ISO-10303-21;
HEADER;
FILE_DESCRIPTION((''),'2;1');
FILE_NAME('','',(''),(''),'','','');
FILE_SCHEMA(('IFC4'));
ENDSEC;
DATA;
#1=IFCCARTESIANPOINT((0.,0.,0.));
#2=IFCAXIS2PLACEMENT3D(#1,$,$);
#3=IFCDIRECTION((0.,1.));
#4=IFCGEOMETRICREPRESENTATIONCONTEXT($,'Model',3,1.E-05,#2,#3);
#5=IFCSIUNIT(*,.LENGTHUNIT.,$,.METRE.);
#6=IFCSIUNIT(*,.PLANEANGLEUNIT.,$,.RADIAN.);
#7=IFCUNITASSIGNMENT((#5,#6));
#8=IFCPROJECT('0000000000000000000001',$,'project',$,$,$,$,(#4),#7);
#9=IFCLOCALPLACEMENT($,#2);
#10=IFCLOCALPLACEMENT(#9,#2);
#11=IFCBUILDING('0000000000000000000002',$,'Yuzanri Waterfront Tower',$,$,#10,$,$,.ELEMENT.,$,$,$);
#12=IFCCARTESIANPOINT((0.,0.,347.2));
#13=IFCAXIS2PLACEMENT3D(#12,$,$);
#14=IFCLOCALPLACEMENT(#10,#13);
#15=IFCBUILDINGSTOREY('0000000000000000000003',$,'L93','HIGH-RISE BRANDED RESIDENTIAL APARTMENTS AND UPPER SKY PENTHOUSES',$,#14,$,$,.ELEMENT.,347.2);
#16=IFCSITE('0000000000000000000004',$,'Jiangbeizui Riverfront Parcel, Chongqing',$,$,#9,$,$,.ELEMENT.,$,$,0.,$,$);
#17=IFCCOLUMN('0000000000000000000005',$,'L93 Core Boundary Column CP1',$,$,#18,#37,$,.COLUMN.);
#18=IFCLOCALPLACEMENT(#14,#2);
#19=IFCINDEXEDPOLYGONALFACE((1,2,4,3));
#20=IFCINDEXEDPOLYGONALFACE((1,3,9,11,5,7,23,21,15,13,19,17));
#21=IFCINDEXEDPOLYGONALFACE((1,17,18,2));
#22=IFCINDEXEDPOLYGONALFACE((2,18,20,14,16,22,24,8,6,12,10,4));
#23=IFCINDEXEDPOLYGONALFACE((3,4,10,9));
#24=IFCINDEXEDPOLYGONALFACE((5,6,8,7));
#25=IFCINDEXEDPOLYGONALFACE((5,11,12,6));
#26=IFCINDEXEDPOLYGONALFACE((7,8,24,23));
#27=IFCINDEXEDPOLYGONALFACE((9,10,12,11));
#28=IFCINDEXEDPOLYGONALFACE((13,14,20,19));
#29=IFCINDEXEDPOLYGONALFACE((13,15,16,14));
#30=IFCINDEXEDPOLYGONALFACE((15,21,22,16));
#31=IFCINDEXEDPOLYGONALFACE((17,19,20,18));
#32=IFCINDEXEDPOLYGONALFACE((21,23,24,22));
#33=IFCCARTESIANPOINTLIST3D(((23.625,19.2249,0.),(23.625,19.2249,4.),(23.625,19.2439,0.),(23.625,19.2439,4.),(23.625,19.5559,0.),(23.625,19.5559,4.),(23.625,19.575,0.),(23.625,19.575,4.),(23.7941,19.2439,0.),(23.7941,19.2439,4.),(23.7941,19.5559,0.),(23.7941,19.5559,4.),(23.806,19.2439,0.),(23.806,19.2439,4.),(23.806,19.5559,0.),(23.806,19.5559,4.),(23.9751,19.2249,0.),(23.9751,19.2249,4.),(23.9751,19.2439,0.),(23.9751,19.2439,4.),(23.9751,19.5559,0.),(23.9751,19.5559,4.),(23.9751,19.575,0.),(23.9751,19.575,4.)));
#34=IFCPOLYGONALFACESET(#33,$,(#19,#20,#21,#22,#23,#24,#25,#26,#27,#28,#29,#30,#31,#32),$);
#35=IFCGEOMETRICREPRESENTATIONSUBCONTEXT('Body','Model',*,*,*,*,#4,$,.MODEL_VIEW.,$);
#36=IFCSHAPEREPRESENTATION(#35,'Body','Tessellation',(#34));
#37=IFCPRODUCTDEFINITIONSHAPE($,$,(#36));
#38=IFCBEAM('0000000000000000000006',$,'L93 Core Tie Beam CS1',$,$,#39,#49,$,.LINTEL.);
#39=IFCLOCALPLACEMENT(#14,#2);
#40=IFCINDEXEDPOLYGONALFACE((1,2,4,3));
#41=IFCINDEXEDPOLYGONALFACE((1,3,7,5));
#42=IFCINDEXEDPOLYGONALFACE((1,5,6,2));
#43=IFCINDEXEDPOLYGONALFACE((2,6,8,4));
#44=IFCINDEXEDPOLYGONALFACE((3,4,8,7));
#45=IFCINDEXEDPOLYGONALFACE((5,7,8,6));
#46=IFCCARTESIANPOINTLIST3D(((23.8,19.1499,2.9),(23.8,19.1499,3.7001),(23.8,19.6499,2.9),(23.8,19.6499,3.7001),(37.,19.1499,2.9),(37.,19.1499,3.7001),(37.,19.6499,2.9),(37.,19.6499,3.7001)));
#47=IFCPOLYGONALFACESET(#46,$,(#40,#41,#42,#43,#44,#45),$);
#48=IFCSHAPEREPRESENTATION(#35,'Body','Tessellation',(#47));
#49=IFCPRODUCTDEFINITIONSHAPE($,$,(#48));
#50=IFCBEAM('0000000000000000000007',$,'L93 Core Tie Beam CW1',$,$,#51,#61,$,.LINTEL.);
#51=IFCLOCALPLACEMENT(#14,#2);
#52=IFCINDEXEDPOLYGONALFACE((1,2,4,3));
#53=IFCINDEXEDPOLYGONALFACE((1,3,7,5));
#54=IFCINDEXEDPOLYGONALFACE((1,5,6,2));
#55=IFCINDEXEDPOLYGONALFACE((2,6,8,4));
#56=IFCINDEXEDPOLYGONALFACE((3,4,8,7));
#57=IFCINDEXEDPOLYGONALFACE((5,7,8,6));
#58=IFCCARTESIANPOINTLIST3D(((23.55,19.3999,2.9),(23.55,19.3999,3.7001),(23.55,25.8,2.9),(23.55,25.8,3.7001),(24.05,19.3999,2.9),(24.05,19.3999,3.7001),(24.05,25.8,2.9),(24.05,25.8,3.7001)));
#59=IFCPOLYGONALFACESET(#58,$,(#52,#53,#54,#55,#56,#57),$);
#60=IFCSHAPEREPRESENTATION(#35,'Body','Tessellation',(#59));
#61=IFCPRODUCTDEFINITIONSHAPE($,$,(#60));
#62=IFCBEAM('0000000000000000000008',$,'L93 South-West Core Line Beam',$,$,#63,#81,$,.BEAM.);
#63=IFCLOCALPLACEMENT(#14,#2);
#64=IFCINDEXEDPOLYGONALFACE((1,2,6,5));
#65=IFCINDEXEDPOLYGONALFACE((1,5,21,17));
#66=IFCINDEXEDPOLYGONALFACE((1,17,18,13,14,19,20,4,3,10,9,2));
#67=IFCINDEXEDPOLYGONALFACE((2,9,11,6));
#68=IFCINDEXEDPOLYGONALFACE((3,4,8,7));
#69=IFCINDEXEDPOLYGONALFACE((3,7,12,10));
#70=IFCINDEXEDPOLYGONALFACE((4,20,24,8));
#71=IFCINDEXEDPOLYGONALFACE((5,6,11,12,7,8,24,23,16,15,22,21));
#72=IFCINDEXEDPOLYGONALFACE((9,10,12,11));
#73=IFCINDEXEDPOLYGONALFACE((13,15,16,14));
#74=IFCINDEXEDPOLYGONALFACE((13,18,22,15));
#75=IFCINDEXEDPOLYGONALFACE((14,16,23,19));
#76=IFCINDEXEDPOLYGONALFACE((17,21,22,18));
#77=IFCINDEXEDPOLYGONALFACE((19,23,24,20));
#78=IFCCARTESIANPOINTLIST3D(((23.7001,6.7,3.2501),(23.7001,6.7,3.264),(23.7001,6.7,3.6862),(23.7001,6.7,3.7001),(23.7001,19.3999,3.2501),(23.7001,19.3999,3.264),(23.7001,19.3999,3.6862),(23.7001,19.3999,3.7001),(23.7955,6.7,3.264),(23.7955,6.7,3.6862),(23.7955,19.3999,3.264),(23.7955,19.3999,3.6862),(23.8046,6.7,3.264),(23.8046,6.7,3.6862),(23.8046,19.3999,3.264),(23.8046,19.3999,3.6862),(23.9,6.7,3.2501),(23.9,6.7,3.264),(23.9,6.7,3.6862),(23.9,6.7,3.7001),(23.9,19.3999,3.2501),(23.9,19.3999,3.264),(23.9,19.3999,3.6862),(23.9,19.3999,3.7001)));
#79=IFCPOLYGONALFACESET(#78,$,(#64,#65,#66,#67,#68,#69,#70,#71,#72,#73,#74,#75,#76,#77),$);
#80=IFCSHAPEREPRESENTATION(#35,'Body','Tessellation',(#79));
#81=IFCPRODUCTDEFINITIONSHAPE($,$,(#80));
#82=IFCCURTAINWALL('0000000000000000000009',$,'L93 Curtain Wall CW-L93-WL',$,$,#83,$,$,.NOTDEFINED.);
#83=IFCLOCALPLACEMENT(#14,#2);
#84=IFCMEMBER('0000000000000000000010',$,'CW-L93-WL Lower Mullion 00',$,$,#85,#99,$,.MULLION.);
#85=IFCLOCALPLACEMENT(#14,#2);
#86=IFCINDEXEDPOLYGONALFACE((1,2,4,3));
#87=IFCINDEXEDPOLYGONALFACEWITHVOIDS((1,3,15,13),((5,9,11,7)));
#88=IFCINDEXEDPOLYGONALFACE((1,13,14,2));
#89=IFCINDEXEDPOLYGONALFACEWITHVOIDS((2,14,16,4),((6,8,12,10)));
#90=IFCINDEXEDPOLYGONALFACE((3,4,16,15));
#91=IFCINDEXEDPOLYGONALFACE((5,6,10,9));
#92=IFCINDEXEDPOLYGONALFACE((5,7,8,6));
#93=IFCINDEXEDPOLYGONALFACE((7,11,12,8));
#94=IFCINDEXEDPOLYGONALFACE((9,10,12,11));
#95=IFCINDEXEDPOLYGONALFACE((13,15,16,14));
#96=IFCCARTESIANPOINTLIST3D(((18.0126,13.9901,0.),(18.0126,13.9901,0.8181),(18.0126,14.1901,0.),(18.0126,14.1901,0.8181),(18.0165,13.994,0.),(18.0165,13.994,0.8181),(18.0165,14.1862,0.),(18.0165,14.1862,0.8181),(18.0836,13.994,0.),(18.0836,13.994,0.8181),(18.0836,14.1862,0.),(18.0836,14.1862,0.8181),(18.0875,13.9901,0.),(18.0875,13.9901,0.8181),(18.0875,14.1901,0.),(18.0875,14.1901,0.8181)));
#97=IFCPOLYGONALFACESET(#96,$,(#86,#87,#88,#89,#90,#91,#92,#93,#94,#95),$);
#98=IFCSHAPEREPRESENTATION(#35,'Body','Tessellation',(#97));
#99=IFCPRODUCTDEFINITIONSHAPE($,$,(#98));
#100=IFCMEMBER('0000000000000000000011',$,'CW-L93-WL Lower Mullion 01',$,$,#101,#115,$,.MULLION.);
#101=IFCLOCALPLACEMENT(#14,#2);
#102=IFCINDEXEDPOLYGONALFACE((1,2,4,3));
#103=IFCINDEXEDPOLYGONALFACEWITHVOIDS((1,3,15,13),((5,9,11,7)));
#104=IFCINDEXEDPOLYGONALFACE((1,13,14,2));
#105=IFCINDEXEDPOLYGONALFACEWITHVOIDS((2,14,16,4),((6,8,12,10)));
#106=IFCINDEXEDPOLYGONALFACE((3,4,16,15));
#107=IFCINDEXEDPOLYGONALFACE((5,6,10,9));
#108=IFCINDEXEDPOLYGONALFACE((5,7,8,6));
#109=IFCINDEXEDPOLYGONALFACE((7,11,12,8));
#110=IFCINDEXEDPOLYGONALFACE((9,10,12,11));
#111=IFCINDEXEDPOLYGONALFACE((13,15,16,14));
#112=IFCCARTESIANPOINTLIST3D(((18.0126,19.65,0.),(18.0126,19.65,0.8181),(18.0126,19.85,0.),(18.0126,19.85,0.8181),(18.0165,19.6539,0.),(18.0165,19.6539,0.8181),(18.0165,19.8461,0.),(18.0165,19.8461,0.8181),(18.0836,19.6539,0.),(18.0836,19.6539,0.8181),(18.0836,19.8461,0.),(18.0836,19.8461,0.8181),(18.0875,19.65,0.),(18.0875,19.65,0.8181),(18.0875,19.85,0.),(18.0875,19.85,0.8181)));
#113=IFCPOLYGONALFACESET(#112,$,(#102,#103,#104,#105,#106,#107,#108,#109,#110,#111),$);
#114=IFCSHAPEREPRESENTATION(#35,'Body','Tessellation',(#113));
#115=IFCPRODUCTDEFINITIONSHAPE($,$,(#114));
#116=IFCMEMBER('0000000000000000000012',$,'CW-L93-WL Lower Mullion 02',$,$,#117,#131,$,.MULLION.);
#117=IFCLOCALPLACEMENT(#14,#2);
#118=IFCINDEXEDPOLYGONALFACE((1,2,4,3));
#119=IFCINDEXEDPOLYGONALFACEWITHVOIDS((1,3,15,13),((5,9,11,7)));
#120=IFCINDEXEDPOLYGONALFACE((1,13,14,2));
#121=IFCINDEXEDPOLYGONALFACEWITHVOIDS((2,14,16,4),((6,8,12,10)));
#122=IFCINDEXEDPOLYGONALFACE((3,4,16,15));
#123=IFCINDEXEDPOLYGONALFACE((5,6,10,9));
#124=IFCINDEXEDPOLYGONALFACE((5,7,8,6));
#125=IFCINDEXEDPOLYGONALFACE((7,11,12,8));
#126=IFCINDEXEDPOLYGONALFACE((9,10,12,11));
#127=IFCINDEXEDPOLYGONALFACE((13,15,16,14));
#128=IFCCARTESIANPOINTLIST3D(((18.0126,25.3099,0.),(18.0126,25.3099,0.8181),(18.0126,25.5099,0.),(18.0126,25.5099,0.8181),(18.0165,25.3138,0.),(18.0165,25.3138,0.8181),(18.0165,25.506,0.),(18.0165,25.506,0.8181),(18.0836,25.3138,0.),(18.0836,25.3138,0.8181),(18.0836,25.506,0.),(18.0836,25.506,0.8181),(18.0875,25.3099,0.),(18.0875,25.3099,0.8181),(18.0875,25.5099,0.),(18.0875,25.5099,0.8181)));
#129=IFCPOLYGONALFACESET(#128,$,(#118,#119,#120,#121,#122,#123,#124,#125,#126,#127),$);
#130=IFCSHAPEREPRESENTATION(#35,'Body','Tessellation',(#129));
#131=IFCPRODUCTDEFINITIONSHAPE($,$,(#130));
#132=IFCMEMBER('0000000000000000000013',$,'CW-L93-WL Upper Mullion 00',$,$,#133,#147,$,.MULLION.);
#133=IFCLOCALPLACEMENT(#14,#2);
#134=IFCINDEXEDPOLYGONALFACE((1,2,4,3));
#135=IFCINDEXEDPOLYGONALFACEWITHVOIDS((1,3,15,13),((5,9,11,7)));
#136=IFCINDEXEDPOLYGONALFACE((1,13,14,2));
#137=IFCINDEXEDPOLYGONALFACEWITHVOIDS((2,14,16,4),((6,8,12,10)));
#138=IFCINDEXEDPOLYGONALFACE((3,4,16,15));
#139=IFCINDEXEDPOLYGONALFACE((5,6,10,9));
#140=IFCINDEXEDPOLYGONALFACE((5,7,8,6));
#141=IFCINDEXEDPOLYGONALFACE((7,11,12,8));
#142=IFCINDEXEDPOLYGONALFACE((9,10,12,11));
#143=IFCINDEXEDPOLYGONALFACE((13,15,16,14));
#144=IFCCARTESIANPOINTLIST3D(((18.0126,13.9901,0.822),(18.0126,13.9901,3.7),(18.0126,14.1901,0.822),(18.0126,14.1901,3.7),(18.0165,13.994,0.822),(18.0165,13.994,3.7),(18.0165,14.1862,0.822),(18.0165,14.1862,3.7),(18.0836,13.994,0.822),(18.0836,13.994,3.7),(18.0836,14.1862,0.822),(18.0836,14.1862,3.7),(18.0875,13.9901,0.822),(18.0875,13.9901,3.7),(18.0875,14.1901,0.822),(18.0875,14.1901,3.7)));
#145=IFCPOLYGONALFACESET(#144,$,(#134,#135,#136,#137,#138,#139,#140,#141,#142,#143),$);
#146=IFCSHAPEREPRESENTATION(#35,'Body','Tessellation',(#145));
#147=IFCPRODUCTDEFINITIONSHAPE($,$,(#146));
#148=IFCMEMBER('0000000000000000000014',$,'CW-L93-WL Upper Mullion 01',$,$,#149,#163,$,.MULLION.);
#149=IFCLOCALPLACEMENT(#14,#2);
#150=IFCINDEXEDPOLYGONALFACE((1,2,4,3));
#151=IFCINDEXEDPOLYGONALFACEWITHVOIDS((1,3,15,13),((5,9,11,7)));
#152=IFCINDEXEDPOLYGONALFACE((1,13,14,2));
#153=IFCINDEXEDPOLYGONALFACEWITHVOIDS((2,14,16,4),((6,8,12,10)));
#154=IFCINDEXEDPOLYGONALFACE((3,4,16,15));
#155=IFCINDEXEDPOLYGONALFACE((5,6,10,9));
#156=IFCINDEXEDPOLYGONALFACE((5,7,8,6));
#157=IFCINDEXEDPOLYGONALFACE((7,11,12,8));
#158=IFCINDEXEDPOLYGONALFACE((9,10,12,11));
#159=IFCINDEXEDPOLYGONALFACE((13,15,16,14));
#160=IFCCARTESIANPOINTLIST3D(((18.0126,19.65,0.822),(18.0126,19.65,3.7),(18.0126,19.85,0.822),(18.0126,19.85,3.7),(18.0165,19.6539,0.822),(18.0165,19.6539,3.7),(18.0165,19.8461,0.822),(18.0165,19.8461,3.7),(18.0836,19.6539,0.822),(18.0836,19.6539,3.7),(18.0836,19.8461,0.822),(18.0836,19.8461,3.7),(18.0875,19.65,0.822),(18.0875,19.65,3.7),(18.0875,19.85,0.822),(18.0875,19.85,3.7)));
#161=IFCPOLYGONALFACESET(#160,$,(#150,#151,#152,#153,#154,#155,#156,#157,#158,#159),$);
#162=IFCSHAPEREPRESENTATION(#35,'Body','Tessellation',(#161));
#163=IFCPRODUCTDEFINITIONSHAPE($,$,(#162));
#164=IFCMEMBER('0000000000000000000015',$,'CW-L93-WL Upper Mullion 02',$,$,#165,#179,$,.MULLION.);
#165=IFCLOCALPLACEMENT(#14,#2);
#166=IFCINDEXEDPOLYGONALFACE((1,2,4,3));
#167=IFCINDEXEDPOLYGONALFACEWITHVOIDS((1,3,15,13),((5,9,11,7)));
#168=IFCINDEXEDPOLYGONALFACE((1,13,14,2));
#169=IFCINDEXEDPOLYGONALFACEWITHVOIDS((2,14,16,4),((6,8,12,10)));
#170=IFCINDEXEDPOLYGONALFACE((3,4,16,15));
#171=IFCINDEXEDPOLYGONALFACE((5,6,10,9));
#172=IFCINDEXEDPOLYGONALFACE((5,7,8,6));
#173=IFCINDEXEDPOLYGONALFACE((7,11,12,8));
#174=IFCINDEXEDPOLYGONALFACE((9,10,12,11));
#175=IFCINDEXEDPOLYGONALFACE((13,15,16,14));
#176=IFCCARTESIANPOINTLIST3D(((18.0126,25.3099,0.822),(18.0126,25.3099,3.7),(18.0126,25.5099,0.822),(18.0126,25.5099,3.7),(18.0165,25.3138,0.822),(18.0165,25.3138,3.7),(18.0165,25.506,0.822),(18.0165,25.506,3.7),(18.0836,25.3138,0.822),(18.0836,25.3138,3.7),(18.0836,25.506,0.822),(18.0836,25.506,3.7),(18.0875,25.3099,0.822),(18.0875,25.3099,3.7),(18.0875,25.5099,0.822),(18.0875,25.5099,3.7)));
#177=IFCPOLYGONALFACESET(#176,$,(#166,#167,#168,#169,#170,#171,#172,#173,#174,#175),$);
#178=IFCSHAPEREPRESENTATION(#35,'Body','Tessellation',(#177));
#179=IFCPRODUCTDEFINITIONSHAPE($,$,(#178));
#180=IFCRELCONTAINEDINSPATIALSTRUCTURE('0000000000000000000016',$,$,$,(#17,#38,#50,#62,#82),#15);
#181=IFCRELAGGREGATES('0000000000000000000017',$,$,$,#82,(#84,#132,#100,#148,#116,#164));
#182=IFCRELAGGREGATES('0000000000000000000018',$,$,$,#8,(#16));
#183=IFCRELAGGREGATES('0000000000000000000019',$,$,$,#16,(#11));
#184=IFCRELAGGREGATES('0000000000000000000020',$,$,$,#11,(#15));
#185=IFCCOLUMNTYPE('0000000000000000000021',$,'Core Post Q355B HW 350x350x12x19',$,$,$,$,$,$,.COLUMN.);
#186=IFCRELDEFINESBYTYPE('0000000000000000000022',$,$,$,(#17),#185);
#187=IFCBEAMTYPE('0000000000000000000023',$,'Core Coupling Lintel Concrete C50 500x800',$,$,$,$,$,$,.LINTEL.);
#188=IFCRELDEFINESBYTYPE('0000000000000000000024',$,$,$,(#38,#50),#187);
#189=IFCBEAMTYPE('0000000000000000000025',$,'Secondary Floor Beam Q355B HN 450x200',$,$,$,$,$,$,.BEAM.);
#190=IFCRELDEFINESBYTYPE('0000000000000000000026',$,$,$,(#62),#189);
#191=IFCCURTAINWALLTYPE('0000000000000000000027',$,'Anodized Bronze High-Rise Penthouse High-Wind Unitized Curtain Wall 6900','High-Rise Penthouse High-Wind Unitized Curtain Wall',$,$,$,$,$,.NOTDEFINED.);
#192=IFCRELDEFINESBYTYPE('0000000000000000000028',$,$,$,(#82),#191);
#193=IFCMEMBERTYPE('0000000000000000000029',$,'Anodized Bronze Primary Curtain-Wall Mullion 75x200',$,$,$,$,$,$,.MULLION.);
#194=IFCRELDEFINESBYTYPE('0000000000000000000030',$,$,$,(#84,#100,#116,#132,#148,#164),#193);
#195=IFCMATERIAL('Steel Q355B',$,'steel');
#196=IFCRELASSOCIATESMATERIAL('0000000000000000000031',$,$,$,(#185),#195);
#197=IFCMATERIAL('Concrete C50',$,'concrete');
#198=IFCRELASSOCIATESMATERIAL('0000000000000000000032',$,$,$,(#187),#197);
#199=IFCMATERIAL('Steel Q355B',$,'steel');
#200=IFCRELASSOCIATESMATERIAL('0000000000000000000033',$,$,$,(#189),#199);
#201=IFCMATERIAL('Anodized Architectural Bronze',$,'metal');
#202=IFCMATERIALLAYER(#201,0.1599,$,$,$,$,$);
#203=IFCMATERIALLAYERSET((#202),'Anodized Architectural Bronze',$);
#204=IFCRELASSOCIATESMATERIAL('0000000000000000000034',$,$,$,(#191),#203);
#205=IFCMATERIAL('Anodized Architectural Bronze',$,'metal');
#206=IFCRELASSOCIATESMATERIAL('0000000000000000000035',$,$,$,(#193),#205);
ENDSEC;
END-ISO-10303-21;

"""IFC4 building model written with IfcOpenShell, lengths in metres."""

from ifc_helpers import new_model, si_unit, direction, frame, origin, origin_2d, place, context, subcontext, project, spatial, rectangle, hollow_rectangle, i_section, extrude, source, transform, mapped, material, layer, layer_set, material_profile, profile_set, type_object, element, aggregate, save


model = new_model("IFC4")

# Units and contexts
model_context = context("Model", 3, precision=1e-05, world=origin(), true_north=direction((0.0, 1.0)))
body_context = subcontext(model_context, "Body", "Model", "MODEL_VIEW")
ifc_project = project(units=[si_unit("LENGTHUNIT", "METRE"), si_unit("PLANEANGLEUNIT", "RADIAN")], contexts=[model_context])

# Site, building, storey
site_placement = place(None, origin())
site = spatial("IfcSite", under=ifc_project, at=site_placement, Name="Jiangbeizui Riverfront Parcel, Chongqing", CompositionType="ELEMENT", RefElevation=0.0)
building_placement = place(site_placement, origin())
building = spatial("IfcBuilding", under=site, at=building_placement, Name="Yuzanri Waterfront Tower", CompositionType="ELEMENT")
storey_placement = place(building_placement, frame((0.0, 0.0, 347.2)))
storey = spatial("IfcBuildingStorey", under=building, at=storey_placement, Name="L93", Description="HIGH-RISE BRANDED RESIDENTIAL APARTMENTS AND UPPER SKY PENTHOUSES", CompositionType="ELEMENT", Elevation=347.2)

# Column
ifc_material_1 = material(Name="Steel Q355B", Category="steel")
ifc_material_profile_1 = material_profile(ifc_material_1, i_section(OverallWidth=0.3501, OverallDepth=0.3501, WebThickness=0.012, FlangeThickness=0.019, at=origin_2d()), Name="HW 350x350x12x19")
ifc_profile_set_1 = profile_set([ifc_material_profile_1], Name="Steel Q355B")
column_type = type_object("IfcColumnType", Name="Core Post Q355B HW 350x350x12x19", PredefinedType="COLUMN", material=ifc_profile_set_1)
shared_shape_1 = source(origin(), body_context, "Body", "SweptSolid", [
    extrude(i_section(OverallWidth=0.3501, OverallDepth=0.3501, WebThickness=0.012, FlangeThickness=0.019, at=origin_2d()), origin(), (0.0, 0.0, 1.0), 4.0),
])
column_placement = place(storey_placement, frame((23.8, 19.3999, 0.0), z_axis=(0.0, 0.0, 1.0), x_axis=(1.0, 0.0, 0.0)))
element("IfcColumn", 1, at=column_placement, inside=storey, type_object=column_type, Name="L93 Core Boundary Column CP1", PredefinedType="COLUMN", context=body_context, shape_type="MappedRepresentation", body=[
    mapped(shared_shape_1, transform((0.0, 0.0, 0.0), scale=1.0)),
])

# Beams
ifc_material_2 = material(Name="Concrete C50", Category="concrete")
ifc_material_profile_2 = material_profile(ifc_material_2, rectangle(XDim=0.5, YDim=0.8, at=origin_2d()), Name="RC 500x800")
ifc_profile_set_2 = profile_set([ifc_material_profile_2], Name="Concrete C50")
beam_type_1 = type_object("IfcBeamType", Name="Core Coupling Lintel Concrete C50 500x800", PredefinedType="LINTEL", material=ifc_profile_set_2)
shared_shape_2 = source(origin(), body_context, "Body", "SweptSolid", [
    extrude(rectangle(XDim=0.5, YDim=0.8, at=origin_2d()), origin(), (0.0, 0.0, 1.0), 13.2),
])
beam_1_placement = place(storey_placement, frame((23.8, 19.3999, 3.3), z_axis=(1.0, 0.0, 0.0), x_axis=(0.0, 1.0, 0.0)))
element("IfcBeam", 2, at=beam_1_placement, inside=storey, type_object=beam_type_1, Name="L93 Core Tie Beam CS1", PredefinedType="LINTEL", context=body_context, shape_type="MappedRepresentation", body=[
    mapped(shared_shape_2, transform((0.0, 0.0, 0.0), scale=1.0)),
])
shared_shape_3 = source(origin(), body_context, "Body", "SweptSolid", [
    extrude(rectangle(XDim=0.5, YDim=0.8, at=origin_2d()), origin(), (0.0, 0.0, 1.0), 6.4001),
])
beam_2_placement = place(storey_placement, frame((23.8, 19.3999, 3.3), z_axis=(0.0, 1.0, 0.0), x_axis=(-1.0, 0.0, 0.0)))
element("IfcBeam", 3, at=beam_2_placement, inside=storey, type_object=beam_type_1, Name="L93 Core Tie Beam CW1", PredefinedType="LINTEL", context=body_context, shape_type="MappedRepresentation", body=[
    mapped(shared_shape_3, transform((0.0, 0.0, 0.0), scale=1.0)),
])
ifc_material_3 = material(Name="Steel Q355B", Category="steel")
ifc_material_profile_3 = material_profile(ifc_material_3, i_section(OverallWidth=0.2, OverallDepth=0.45, WebThickness=0.009, FlangeThickness=0.0139, at=origin_2d()), Name="HN 450x200x9x14")
ifc_profile_set_3 = profile_set([ifc_material_profile_3], Name="Steel Q355B")
beam_type_2 = type_object("IfcBeamType", Name="Secondary Floor Beam Q355B HN 450x200", PredefinedType="BEAM", material=ifc_profile_set_3)
shared_shape_4 = source(origin(), body_context, "Body", "SweptSolid", [
    extrude(i_section(OverallWidth=0.2, OverallDepth=0.45, WebThickness=0.009, FlangeThickness=0.0139, at=origin_2d()), origin(), (0.0, 0.0, 1.0), 12.7),
])
beam_3_placement = place(storey_placement, frame((23.8, 19.3999, 3.4751), z_axis=(0.0, -1.0, 0.0), x_axis=(1.0, 0.0, 0.0)))
element("IfcBeam", 4, at=beam_3_placement, inside=storey, type_object=beam_type_2, Name="L93 South-West Core Line Beam", PredefinedType="BEAM", context=body_context, shape_type="MappedRepresentation", body=[
    mapped(shared_shape_4, transform((0.0, 0.0, 0.0), scale=1.0)),
])

# Curtain wall, members
ifc_material_4 = material(Name="Anodized Architectural Bronze", Category="metal")
ifc_layer_1 = layer(ifc_material_4, 0.1599)
ifc_layer_set_1 = layer_set([ifc_layer_1], Name="Anodized Architectural Bronze")
curtain_wall_type = type_object("IfcCurtainWallType", Name="Anodized Bronze High-Rise Penthouse High-Wind Unitized Curtain Wall 6900", Description="High-Rise Penthouse High-Wind Unitized Curtain Wall", PredefinedType="NOTDEFINED", material=ifc_layer_set_1)
curtain_wall_placement = place(storey_placement, origin())
curtain_wall = element("IfcCurtainWall", 5, at=curtain_wall_placement, inside=storey, type_object=curtain_wall_type, Name="L93 Curtain Wall CW-L93-WL", PredefinedType="NOTDEFINED")
ifc_material_5 = material(Name="Anodized Architectural Bronze", Category="metal")
ifc_material_profile_4 = material_profile(ifc_material_5, hollow_rectangle(XDim=0.075, YDim=0.2, WallThickness=0.0039, at=origin_2d()), Name="CWM 75x200")
ifc_profile_set_4 = profile_set([ifc_material_profile_4], Name="Anodized Architectural Bronze")
member_type = type_object("IfcMemberType", Name="Anodized Bronze Primary Curtain-Wall Mullion 75x200", PredefinedType="MULLION", material=ifc_profile_set_4)
shared_shape_5 = source(origin(), body_context, "Body", "SweptSolid", [
    extrude(hollow_rectangle(XDim=0.075, YDim=0.2, WallThickness=0.0039, at=origin_2d()), origin(), (0.0, 0.0, 1.0), 0.8181),
])
member_1_placement = place(storey_placement, frame((18.05, 14.0901, 0.0), z_axis=(0.0, 0.0, 1.0), x_axis=(1.0, 0.0, 0.0)))
member_1 = element("IfcMember", 6, at=member_1_placement, type_object=member_type, Name="CW-L93-WL Lower Mullion 00", PredefinedType="MULLION", context=body_context, shape_type="MappedRepresentation", body=[
    mapped(shared_shape_5, transform((0.0, 0.0, 0.0), scale=1.0)),
])
member_2_placement = place(storey_placement, frame((18.05, 19.75, 0.0), z_axis=(0.0, 0.0, 1.0), x_axis=(1.0, 0.0, 0.0)))
member_2 = element("IfcMember", 7, at=member_2_placement, type_object=member_type, Name="CW-L93-WL Lower Mullion 01", PredefinedType="MULLION", context=body_context, shape_type="MappedRepresentation", body=[
    mapped(shared_shape_5, transform((0.0, 0.0, 0.0), scale=1.0)),
])
member_3_placement = place(storey_placement, frame((18.05, 25.4099, 0.0), z_axis=(0.0, 0.0, 1.0), x_axis=(1.0, 0.0, 0.0)))
member_3 = element("IfcMember", 8, at=member_3_placement, type_object=member_type, Name="CW-L93-WL Lower Mullion 02", PredefinedType="MULLION", context=body_context, shape_type="MappedRepresentation", body=[
    mapped(shared_shape_5, transform((0.0, 0.0, 0.0), scale=1.0)),
])
shared_shape_6 = source(origin(), body_context, "Body", "SweptSolid", [
    extrude(hollow_rectangle(XDim=0.075, YDim=0.2, WallThickness=0.0039, at=origin_2d()), origin(), (0.0, 0.0, 1.0), 2.8779),
])
member_4_placement = place(storey_placement, frame((18.05, 14.0901, 0.822), z_axis=(0.0, 0.0, 1.0), x_axis=(1.0, 0.0, 0.0)))
member_4 = element("IfcMember", 9, at=member_4_placement, type_object=member_type, Name="CW-L93-WL Upper Mullion 00", PredefinedType="MULLION", context=body_context, shape_type="MappedRepresentation", body=[
    mapped(shared_shape_6, transform((0.0, 0.0, 0.0), scale=1.0)),
])
member_5_placement = place(storey_placement, frame((18.05, 19.75, 0.822), z_axis=(0.0, 0.0, 1.0), x_axis=(1.0, 0.0, 0.0)))
member_5 = element("IfcMember", 10, at=member_5_placement, type_object=member_type, Name="CW-L93-WL Upper Mullion 01", PredefinedType="MULLION", context=body_context, shape_type="MappedRepresentation", body=[
    mapped(shared_shape_6, transform((0.0, 0.0, 0.0), scale=1.0)),
])
member_6_placement = place(storey_placement, frame((18.05, 25.4099, 0.822), z_axis=(0.0, 0.0, 1.0), x_axis=(1.0, 0.0, 0.0)))
member_6 = element("IfcMember", 11, at=member_6_placement, type_object=member_type, Name="CW-L93-WL Upper Mullion 02", PredefinedType="MULLION", context=body_context, shape_type="MappedRepresentation", body=[
    mapped(shared_shape_6, transform((0.0, 0.0, 0.0), scale=1.0)),
])
aggregate(curtain_wall, [member_1, member_4, member_2, member_5, member_3, member_6])

save(model, "model.ifc")
